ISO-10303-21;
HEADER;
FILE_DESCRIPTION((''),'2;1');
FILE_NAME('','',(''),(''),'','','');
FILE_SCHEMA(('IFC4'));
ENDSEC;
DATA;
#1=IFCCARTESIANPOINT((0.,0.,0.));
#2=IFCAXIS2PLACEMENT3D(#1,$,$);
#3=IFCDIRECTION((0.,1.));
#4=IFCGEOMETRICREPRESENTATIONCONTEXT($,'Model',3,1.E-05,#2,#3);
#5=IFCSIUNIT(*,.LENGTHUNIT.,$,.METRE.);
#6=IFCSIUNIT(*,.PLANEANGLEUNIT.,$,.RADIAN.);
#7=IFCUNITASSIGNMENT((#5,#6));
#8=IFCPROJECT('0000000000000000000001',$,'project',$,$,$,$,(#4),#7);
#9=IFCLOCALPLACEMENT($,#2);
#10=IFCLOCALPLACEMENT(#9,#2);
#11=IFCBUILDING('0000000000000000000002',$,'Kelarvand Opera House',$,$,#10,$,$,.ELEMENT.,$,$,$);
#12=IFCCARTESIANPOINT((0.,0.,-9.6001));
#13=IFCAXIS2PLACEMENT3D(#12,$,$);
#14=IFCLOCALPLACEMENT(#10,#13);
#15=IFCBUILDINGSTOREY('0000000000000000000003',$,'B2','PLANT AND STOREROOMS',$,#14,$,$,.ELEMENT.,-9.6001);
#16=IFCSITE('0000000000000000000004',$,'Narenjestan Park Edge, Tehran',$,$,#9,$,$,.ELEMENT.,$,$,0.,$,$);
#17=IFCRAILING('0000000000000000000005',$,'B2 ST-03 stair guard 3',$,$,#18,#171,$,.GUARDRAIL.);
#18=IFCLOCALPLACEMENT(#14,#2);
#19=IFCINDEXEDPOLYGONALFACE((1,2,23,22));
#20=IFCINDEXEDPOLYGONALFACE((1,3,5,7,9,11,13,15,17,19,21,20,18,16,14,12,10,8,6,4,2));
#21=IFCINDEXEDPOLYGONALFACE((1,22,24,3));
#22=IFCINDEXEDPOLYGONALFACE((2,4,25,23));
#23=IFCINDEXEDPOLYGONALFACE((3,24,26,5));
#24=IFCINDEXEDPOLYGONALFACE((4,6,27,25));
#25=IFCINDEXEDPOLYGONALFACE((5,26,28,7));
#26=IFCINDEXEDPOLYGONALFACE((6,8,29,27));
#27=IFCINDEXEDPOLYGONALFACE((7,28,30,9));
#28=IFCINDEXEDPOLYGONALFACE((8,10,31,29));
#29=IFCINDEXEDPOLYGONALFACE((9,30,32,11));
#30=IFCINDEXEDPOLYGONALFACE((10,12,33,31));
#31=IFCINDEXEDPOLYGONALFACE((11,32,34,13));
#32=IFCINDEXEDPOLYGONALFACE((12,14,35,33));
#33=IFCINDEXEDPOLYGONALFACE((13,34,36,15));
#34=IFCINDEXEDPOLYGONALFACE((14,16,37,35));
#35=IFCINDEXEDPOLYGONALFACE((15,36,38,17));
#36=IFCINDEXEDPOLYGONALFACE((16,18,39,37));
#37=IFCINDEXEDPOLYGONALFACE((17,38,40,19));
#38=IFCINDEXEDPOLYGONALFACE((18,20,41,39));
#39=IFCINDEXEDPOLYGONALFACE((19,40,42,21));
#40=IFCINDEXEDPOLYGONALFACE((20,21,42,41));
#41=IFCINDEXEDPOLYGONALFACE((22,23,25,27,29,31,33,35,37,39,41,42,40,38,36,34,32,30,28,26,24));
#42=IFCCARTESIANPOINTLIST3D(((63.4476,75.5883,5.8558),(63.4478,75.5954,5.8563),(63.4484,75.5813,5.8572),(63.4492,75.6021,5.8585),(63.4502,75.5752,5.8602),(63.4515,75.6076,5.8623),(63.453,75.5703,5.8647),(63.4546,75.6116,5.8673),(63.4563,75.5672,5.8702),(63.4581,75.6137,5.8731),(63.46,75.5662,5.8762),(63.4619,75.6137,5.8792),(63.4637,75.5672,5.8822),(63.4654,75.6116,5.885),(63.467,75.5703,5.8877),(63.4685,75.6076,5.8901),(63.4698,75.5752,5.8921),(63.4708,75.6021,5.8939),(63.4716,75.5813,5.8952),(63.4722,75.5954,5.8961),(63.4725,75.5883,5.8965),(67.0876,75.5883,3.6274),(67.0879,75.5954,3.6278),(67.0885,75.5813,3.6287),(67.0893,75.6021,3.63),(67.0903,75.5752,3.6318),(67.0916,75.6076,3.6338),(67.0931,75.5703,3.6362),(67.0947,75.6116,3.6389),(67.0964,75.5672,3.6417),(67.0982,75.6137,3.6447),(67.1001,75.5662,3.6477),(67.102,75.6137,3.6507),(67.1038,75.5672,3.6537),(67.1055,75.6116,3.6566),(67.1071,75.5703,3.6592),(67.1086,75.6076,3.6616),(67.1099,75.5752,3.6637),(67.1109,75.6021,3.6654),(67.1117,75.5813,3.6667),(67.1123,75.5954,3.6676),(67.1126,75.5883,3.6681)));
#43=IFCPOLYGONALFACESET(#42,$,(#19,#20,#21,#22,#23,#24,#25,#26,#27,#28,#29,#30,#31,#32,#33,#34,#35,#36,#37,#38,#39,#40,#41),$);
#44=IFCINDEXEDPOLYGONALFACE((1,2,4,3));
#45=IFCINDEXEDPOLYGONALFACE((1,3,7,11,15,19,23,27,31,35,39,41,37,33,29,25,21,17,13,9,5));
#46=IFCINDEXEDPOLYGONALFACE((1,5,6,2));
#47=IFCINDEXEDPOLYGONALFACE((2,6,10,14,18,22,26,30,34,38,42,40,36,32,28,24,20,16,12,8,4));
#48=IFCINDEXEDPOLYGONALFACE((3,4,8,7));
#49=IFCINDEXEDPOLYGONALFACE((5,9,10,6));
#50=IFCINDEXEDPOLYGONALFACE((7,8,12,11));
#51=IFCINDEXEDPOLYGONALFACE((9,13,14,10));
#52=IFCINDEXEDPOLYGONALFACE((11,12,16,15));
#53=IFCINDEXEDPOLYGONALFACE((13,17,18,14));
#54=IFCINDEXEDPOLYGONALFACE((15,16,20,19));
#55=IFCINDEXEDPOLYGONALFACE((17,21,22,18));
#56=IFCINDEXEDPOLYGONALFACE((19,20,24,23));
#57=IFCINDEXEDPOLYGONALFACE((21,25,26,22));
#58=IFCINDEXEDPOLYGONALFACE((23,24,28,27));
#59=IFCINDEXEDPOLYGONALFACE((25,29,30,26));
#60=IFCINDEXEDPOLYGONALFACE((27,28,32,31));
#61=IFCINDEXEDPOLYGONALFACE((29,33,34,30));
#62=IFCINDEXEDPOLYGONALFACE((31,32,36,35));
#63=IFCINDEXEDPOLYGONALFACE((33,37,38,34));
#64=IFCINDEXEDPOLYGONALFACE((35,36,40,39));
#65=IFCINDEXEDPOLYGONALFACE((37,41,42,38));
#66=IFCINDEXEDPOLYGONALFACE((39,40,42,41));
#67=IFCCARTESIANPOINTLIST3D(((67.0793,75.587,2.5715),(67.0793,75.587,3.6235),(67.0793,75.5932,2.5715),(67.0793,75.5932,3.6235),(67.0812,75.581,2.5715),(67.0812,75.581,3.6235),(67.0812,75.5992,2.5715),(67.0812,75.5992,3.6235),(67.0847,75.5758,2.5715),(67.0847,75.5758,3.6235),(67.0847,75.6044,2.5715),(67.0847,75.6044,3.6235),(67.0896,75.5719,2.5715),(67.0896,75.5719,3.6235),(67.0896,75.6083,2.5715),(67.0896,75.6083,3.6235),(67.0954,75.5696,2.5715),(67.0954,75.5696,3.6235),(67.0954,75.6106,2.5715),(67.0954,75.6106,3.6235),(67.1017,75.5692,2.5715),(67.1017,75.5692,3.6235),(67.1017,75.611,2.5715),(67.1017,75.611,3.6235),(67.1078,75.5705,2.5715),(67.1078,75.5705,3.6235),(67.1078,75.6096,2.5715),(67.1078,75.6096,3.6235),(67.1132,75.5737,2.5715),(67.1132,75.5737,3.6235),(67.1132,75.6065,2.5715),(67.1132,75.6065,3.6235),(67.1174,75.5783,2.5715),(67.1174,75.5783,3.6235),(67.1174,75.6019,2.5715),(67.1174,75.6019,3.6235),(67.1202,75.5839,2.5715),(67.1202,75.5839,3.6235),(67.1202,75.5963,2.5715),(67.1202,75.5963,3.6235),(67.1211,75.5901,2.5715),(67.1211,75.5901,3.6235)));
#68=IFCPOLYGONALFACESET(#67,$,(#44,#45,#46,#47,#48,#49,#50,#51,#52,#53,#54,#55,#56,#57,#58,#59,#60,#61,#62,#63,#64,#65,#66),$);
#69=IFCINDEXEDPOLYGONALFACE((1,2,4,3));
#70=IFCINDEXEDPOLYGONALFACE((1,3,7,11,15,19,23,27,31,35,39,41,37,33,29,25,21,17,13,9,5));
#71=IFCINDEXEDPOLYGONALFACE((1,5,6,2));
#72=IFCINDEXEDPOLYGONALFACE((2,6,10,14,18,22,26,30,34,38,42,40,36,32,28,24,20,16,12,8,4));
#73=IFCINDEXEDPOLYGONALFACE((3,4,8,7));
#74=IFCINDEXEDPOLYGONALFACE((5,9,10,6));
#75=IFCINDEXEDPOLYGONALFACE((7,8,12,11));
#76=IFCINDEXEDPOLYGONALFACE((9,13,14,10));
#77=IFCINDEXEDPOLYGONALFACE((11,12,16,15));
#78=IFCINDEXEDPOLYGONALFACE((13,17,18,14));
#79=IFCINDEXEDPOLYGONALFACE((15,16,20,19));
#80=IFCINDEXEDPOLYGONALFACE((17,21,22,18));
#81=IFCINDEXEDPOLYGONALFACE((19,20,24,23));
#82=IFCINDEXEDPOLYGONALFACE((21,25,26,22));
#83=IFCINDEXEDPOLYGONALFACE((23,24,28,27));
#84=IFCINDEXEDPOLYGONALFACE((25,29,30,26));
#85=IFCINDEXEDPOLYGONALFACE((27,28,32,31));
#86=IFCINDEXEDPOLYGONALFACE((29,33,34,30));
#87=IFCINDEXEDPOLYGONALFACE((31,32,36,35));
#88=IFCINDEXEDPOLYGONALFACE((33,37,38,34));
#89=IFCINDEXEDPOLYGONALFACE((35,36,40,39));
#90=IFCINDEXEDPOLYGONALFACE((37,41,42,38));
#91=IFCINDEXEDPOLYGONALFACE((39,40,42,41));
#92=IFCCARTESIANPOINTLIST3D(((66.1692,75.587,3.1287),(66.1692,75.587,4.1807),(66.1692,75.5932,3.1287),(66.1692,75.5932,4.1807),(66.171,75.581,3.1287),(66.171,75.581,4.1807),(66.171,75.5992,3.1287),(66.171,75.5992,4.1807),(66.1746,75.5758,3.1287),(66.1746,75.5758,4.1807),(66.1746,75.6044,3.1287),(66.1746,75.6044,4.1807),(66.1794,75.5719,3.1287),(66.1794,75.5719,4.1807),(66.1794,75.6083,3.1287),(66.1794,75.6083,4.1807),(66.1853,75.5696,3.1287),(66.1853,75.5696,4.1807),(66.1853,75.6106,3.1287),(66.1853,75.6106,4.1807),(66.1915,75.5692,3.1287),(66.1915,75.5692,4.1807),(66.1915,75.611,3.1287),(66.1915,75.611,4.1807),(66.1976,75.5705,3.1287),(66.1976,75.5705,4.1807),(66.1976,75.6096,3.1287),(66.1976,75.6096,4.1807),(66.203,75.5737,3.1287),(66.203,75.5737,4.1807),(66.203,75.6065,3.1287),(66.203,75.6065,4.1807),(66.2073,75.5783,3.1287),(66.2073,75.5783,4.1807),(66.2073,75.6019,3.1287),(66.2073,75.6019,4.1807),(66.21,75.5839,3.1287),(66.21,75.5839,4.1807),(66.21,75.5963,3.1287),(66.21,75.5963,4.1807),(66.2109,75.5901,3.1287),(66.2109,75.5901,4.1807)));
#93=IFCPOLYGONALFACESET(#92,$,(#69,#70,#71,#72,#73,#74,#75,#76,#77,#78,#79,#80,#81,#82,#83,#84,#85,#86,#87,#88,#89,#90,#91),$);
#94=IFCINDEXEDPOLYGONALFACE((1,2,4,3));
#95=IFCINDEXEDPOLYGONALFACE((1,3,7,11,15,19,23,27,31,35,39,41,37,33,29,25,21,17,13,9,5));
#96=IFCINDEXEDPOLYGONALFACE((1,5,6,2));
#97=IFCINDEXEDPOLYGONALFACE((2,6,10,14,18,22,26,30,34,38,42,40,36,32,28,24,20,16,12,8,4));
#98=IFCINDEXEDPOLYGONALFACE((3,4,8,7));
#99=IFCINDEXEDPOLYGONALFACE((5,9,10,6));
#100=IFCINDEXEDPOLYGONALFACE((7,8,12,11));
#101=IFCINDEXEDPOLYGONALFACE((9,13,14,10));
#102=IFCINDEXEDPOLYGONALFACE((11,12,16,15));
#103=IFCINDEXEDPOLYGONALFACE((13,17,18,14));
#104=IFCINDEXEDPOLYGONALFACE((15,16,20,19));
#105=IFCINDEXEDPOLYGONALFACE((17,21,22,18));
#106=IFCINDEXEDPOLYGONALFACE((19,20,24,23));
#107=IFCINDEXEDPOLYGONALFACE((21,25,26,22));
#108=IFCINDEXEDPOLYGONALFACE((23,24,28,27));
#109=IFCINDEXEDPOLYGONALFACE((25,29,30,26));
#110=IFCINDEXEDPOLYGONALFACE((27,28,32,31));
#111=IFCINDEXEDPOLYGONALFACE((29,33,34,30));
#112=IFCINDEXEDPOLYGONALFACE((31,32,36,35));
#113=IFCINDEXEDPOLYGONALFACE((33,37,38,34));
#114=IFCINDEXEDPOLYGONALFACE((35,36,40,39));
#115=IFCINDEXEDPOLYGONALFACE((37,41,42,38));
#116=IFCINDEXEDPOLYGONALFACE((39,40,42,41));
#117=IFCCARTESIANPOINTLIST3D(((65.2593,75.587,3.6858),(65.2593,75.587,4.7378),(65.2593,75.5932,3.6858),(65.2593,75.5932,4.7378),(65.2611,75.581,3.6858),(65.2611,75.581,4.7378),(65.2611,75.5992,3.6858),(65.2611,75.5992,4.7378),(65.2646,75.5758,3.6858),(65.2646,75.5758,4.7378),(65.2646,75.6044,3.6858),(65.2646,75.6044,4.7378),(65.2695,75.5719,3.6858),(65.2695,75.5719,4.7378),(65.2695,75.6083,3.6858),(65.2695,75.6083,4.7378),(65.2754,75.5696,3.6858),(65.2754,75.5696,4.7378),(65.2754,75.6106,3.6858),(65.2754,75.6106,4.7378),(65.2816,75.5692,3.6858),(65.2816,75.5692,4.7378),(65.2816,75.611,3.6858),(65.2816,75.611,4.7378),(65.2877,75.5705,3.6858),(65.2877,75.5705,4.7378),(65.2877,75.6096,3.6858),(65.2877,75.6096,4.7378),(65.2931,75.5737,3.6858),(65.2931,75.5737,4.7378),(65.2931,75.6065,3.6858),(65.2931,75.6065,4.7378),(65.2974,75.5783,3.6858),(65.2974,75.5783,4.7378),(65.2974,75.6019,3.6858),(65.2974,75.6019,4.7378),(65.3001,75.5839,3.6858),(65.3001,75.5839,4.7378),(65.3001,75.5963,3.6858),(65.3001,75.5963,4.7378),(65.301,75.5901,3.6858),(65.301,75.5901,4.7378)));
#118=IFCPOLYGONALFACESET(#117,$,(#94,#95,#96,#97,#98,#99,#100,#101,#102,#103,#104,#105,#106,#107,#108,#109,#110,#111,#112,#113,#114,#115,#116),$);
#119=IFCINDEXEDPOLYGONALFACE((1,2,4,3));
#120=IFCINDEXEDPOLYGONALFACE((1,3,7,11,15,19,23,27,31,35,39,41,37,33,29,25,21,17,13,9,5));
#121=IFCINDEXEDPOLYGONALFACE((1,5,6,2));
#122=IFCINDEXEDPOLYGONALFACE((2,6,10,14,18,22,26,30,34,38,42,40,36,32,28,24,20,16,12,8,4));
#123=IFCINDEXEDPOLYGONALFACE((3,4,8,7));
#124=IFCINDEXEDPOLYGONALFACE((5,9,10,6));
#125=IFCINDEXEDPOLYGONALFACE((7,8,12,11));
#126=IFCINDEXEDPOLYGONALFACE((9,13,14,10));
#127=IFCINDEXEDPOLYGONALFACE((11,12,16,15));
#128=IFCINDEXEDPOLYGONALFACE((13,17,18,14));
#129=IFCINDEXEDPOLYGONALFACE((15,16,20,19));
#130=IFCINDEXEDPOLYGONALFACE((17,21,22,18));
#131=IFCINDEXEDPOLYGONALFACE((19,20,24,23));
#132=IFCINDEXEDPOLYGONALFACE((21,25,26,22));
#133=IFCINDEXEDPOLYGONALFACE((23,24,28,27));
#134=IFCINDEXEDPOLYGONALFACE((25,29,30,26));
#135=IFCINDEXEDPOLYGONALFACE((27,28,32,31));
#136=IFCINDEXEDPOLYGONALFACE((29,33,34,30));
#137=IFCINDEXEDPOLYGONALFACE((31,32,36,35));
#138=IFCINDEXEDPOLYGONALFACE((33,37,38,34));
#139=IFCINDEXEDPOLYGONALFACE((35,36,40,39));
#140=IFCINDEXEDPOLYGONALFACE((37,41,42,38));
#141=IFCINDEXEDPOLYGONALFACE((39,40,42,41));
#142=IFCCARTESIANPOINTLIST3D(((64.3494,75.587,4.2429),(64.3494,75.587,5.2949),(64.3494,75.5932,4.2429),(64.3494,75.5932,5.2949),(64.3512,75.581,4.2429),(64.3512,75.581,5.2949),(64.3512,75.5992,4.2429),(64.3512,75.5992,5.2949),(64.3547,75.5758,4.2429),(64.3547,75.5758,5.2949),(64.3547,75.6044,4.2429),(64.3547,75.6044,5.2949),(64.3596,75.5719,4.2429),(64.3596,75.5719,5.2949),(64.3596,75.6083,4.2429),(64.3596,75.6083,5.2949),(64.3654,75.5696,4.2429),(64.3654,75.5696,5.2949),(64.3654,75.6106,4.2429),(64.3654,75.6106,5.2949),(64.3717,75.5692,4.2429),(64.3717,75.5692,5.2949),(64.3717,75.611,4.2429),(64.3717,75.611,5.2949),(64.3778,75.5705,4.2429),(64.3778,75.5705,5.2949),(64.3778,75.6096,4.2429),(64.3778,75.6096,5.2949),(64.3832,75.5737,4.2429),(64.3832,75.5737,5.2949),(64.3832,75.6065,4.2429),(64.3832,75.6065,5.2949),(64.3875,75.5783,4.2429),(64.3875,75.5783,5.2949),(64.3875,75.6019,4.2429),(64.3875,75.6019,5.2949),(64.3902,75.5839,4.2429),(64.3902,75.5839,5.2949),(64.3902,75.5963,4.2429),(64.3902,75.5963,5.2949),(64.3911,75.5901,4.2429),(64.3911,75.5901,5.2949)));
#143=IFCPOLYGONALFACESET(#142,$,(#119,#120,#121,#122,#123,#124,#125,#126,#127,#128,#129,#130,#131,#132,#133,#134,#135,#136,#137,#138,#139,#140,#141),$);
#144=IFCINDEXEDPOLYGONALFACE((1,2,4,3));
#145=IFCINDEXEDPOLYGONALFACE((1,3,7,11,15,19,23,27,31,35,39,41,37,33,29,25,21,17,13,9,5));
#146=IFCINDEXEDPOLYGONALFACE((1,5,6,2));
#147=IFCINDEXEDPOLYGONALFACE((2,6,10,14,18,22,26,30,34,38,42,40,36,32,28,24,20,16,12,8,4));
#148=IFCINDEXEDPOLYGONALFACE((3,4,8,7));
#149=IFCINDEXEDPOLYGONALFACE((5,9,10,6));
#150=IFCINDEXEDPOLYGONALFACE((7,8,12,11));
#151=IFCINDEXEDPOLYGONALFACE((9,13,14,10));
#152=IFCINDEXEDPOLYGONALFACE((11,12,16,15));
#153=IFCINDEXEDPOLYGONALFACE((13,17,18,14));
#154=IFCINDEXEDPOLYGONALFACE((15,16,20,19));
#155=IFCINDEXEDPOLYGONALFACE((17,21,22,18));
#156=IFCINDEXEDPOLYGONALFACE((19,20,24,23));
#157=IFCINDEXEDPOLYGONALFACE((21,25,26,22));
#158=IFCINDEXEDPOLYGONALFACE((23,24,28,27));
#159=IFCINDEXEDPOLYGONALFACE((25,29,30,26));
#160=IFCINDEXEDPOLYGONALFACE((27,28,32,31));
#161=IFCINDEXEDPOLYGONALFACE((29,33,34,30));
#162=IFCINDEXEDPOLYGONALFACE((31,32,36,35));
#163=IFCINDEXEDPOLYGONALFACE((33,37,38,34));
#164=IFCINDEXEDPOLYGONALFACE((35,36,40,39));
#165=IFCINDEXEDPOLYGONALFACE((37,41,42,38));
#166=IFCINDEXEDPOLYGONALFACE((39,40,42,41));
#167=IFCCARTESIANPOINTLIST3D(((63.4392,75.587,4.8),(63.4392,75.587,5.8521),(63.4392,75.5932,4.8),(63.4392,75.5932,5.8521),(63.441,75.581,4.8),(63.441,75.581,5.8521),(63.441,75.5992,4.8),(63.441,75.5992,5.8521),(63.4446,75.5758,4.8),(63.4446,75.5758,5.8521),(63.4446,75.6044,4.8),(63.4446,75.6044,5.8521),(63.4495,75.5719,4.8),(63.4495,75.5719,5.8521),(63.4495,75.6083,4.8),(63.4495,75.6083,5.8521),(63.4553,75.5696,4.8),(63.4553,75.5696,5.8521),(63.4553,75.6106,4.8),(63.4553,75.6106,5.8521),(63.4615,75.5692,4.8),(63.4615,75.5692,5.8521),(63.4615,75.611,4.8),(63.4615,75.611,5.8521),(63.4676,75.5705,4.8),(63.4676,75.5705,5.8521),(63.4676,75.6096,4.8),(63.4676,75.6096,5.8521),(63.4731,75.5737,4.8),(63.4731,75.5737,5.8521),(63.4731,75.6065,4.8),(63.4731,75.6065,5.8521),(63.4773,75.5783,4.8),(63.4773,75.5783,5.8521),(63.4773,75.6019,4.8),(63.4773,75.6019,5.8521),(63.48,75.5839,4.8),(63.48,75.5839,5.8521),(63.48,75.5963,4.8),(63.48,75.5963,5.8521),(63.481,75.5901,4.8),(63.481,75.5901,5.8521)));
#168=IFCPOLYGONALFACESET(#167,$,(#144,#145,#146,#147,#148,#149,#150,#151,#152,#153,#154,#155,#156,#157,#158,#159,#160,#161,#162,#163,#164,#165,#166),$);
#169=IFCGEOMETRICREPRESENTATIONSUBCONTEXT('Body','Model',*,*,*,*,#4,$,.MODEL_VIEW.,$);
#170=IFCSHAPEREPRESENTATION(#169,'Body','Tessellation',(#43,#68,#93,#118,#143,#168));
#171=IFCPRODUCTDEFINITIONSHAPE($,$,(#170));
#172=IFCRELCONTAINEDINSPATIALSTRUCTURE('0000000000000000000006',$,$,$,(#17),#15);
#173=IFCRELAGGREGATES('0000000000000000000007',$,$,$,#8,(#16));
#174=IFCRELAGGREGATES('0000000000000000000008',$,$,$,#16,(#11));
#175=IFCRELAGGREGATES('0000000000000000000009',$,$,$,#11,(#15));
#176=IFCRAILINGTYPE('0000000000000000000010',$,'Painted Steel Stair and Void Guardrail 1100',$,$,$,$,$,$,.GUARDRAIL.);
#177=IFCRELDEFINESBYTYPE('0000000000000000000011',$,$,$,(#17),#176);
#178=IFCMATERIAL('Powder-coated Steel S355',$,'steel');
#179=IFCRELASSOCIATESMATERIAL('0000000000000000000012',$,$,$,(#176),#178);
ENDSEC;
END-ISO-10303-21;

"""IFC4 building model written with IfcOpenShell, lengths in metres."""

from ifc_helpers import new_model, si_unit, direction, frame, origin, origin_2d, place, context, subcontext, project, spatial, circle, extrude, material, type_object, element, save


model = new_model("IFC4")

# Units and contexts
model_context = context("Model", 3, precision=1e-05, world=origin(), true_north=direction((0.0, 1.0)))
body_context = subcontext(model_context, "Body", "Model", "MODEL_VIEW")
ifc_project = project(units=[si_unit("LENGTHUNIT", "METRE"), si_unit("PLANEANGLEUNIT", "RADIAN")], contexts=[model_context])

# Site, building, storey
site_placement = place(None, origin())
site = spatial("IfcSite", under=ifc_project, at=site_placement, Name="Narenjestan Park Edge, Tehran", CompositionType="ELEMENT", RefElevation=0.0)
building_placement = place(site_placement, origin())
building = spatial("IfcBuilding", under=site, at=building_placement, Name="Kelarvand Opera House", CompositionType="ELEMENT")
storey_placement = place(building_placement, frame((0.0, 0.0, -9.6001)))
storey = spatial("IfcBuildingStorey", under=building, at=storey_placement, Name="B2", Description="PLANT AND STOREROOMS", CompositionType="ELEMENT", Elevation=-9.6001)

# Railing
ifc_material_1 = material(Name="Powder-coated Steel S355", Category="steel")
railing_type = type_object("IfcRailingType", Name="Painted Steel Stair and Void Guardrail 1100", PredefinedType="GUARDRAIL", material=ifc_material_1)
railing_1_placement = place(storey_placement, frame((67.1001, 75.5901, 2.5715)))
element("IfcRailing", 1, at=railing_1_placement, inside=storey, type_object=railing_type, Name="B2 ST-03 stair guard 3", PredefinedType="GUARDRAIL", context=body_context, shape_type="SweptSolid", body=[
    extrude(circle(Radius=0.0239, at=origin_2d()), frame((0.0, 0.0, 1.0762), z_axis=(-0.852866, 0.0, 0.52213), x_axis=(0.0, -1.0, 0.0)), (0.0, 0.0, 1.0), 4.2681),
    extrude(circle(Radius=0.021, at=origin_2d()), origin(), (0.0, 0.0, 1.0), 1.052),
    extrude(circle(Radius=0.021, at=origin_2d()), frame((-0.9102, 0.0, 0.5571)), (0.0, 0.0, 1.0), 1.052),
    extrude(circle(Radius=0.021, at=origin_2d()), frame((-1.8201, 0.0, 1.1143)), (0.0, 0.0, 1.0), 1.052),
    extrude(circle(Radius=0.021, at=origin_2d()), frame((-2.73, 0.0, 1.6714)), (0.0, 0.0, 1.0), 1.052),
    extrude(circle(Radius=0.021, at=origin_2d()), frame((-3.6401, 0.0, 2.2285)), (0.0, 0.0, 1.0), 1.052),
])

save(model, "model.ifc")
